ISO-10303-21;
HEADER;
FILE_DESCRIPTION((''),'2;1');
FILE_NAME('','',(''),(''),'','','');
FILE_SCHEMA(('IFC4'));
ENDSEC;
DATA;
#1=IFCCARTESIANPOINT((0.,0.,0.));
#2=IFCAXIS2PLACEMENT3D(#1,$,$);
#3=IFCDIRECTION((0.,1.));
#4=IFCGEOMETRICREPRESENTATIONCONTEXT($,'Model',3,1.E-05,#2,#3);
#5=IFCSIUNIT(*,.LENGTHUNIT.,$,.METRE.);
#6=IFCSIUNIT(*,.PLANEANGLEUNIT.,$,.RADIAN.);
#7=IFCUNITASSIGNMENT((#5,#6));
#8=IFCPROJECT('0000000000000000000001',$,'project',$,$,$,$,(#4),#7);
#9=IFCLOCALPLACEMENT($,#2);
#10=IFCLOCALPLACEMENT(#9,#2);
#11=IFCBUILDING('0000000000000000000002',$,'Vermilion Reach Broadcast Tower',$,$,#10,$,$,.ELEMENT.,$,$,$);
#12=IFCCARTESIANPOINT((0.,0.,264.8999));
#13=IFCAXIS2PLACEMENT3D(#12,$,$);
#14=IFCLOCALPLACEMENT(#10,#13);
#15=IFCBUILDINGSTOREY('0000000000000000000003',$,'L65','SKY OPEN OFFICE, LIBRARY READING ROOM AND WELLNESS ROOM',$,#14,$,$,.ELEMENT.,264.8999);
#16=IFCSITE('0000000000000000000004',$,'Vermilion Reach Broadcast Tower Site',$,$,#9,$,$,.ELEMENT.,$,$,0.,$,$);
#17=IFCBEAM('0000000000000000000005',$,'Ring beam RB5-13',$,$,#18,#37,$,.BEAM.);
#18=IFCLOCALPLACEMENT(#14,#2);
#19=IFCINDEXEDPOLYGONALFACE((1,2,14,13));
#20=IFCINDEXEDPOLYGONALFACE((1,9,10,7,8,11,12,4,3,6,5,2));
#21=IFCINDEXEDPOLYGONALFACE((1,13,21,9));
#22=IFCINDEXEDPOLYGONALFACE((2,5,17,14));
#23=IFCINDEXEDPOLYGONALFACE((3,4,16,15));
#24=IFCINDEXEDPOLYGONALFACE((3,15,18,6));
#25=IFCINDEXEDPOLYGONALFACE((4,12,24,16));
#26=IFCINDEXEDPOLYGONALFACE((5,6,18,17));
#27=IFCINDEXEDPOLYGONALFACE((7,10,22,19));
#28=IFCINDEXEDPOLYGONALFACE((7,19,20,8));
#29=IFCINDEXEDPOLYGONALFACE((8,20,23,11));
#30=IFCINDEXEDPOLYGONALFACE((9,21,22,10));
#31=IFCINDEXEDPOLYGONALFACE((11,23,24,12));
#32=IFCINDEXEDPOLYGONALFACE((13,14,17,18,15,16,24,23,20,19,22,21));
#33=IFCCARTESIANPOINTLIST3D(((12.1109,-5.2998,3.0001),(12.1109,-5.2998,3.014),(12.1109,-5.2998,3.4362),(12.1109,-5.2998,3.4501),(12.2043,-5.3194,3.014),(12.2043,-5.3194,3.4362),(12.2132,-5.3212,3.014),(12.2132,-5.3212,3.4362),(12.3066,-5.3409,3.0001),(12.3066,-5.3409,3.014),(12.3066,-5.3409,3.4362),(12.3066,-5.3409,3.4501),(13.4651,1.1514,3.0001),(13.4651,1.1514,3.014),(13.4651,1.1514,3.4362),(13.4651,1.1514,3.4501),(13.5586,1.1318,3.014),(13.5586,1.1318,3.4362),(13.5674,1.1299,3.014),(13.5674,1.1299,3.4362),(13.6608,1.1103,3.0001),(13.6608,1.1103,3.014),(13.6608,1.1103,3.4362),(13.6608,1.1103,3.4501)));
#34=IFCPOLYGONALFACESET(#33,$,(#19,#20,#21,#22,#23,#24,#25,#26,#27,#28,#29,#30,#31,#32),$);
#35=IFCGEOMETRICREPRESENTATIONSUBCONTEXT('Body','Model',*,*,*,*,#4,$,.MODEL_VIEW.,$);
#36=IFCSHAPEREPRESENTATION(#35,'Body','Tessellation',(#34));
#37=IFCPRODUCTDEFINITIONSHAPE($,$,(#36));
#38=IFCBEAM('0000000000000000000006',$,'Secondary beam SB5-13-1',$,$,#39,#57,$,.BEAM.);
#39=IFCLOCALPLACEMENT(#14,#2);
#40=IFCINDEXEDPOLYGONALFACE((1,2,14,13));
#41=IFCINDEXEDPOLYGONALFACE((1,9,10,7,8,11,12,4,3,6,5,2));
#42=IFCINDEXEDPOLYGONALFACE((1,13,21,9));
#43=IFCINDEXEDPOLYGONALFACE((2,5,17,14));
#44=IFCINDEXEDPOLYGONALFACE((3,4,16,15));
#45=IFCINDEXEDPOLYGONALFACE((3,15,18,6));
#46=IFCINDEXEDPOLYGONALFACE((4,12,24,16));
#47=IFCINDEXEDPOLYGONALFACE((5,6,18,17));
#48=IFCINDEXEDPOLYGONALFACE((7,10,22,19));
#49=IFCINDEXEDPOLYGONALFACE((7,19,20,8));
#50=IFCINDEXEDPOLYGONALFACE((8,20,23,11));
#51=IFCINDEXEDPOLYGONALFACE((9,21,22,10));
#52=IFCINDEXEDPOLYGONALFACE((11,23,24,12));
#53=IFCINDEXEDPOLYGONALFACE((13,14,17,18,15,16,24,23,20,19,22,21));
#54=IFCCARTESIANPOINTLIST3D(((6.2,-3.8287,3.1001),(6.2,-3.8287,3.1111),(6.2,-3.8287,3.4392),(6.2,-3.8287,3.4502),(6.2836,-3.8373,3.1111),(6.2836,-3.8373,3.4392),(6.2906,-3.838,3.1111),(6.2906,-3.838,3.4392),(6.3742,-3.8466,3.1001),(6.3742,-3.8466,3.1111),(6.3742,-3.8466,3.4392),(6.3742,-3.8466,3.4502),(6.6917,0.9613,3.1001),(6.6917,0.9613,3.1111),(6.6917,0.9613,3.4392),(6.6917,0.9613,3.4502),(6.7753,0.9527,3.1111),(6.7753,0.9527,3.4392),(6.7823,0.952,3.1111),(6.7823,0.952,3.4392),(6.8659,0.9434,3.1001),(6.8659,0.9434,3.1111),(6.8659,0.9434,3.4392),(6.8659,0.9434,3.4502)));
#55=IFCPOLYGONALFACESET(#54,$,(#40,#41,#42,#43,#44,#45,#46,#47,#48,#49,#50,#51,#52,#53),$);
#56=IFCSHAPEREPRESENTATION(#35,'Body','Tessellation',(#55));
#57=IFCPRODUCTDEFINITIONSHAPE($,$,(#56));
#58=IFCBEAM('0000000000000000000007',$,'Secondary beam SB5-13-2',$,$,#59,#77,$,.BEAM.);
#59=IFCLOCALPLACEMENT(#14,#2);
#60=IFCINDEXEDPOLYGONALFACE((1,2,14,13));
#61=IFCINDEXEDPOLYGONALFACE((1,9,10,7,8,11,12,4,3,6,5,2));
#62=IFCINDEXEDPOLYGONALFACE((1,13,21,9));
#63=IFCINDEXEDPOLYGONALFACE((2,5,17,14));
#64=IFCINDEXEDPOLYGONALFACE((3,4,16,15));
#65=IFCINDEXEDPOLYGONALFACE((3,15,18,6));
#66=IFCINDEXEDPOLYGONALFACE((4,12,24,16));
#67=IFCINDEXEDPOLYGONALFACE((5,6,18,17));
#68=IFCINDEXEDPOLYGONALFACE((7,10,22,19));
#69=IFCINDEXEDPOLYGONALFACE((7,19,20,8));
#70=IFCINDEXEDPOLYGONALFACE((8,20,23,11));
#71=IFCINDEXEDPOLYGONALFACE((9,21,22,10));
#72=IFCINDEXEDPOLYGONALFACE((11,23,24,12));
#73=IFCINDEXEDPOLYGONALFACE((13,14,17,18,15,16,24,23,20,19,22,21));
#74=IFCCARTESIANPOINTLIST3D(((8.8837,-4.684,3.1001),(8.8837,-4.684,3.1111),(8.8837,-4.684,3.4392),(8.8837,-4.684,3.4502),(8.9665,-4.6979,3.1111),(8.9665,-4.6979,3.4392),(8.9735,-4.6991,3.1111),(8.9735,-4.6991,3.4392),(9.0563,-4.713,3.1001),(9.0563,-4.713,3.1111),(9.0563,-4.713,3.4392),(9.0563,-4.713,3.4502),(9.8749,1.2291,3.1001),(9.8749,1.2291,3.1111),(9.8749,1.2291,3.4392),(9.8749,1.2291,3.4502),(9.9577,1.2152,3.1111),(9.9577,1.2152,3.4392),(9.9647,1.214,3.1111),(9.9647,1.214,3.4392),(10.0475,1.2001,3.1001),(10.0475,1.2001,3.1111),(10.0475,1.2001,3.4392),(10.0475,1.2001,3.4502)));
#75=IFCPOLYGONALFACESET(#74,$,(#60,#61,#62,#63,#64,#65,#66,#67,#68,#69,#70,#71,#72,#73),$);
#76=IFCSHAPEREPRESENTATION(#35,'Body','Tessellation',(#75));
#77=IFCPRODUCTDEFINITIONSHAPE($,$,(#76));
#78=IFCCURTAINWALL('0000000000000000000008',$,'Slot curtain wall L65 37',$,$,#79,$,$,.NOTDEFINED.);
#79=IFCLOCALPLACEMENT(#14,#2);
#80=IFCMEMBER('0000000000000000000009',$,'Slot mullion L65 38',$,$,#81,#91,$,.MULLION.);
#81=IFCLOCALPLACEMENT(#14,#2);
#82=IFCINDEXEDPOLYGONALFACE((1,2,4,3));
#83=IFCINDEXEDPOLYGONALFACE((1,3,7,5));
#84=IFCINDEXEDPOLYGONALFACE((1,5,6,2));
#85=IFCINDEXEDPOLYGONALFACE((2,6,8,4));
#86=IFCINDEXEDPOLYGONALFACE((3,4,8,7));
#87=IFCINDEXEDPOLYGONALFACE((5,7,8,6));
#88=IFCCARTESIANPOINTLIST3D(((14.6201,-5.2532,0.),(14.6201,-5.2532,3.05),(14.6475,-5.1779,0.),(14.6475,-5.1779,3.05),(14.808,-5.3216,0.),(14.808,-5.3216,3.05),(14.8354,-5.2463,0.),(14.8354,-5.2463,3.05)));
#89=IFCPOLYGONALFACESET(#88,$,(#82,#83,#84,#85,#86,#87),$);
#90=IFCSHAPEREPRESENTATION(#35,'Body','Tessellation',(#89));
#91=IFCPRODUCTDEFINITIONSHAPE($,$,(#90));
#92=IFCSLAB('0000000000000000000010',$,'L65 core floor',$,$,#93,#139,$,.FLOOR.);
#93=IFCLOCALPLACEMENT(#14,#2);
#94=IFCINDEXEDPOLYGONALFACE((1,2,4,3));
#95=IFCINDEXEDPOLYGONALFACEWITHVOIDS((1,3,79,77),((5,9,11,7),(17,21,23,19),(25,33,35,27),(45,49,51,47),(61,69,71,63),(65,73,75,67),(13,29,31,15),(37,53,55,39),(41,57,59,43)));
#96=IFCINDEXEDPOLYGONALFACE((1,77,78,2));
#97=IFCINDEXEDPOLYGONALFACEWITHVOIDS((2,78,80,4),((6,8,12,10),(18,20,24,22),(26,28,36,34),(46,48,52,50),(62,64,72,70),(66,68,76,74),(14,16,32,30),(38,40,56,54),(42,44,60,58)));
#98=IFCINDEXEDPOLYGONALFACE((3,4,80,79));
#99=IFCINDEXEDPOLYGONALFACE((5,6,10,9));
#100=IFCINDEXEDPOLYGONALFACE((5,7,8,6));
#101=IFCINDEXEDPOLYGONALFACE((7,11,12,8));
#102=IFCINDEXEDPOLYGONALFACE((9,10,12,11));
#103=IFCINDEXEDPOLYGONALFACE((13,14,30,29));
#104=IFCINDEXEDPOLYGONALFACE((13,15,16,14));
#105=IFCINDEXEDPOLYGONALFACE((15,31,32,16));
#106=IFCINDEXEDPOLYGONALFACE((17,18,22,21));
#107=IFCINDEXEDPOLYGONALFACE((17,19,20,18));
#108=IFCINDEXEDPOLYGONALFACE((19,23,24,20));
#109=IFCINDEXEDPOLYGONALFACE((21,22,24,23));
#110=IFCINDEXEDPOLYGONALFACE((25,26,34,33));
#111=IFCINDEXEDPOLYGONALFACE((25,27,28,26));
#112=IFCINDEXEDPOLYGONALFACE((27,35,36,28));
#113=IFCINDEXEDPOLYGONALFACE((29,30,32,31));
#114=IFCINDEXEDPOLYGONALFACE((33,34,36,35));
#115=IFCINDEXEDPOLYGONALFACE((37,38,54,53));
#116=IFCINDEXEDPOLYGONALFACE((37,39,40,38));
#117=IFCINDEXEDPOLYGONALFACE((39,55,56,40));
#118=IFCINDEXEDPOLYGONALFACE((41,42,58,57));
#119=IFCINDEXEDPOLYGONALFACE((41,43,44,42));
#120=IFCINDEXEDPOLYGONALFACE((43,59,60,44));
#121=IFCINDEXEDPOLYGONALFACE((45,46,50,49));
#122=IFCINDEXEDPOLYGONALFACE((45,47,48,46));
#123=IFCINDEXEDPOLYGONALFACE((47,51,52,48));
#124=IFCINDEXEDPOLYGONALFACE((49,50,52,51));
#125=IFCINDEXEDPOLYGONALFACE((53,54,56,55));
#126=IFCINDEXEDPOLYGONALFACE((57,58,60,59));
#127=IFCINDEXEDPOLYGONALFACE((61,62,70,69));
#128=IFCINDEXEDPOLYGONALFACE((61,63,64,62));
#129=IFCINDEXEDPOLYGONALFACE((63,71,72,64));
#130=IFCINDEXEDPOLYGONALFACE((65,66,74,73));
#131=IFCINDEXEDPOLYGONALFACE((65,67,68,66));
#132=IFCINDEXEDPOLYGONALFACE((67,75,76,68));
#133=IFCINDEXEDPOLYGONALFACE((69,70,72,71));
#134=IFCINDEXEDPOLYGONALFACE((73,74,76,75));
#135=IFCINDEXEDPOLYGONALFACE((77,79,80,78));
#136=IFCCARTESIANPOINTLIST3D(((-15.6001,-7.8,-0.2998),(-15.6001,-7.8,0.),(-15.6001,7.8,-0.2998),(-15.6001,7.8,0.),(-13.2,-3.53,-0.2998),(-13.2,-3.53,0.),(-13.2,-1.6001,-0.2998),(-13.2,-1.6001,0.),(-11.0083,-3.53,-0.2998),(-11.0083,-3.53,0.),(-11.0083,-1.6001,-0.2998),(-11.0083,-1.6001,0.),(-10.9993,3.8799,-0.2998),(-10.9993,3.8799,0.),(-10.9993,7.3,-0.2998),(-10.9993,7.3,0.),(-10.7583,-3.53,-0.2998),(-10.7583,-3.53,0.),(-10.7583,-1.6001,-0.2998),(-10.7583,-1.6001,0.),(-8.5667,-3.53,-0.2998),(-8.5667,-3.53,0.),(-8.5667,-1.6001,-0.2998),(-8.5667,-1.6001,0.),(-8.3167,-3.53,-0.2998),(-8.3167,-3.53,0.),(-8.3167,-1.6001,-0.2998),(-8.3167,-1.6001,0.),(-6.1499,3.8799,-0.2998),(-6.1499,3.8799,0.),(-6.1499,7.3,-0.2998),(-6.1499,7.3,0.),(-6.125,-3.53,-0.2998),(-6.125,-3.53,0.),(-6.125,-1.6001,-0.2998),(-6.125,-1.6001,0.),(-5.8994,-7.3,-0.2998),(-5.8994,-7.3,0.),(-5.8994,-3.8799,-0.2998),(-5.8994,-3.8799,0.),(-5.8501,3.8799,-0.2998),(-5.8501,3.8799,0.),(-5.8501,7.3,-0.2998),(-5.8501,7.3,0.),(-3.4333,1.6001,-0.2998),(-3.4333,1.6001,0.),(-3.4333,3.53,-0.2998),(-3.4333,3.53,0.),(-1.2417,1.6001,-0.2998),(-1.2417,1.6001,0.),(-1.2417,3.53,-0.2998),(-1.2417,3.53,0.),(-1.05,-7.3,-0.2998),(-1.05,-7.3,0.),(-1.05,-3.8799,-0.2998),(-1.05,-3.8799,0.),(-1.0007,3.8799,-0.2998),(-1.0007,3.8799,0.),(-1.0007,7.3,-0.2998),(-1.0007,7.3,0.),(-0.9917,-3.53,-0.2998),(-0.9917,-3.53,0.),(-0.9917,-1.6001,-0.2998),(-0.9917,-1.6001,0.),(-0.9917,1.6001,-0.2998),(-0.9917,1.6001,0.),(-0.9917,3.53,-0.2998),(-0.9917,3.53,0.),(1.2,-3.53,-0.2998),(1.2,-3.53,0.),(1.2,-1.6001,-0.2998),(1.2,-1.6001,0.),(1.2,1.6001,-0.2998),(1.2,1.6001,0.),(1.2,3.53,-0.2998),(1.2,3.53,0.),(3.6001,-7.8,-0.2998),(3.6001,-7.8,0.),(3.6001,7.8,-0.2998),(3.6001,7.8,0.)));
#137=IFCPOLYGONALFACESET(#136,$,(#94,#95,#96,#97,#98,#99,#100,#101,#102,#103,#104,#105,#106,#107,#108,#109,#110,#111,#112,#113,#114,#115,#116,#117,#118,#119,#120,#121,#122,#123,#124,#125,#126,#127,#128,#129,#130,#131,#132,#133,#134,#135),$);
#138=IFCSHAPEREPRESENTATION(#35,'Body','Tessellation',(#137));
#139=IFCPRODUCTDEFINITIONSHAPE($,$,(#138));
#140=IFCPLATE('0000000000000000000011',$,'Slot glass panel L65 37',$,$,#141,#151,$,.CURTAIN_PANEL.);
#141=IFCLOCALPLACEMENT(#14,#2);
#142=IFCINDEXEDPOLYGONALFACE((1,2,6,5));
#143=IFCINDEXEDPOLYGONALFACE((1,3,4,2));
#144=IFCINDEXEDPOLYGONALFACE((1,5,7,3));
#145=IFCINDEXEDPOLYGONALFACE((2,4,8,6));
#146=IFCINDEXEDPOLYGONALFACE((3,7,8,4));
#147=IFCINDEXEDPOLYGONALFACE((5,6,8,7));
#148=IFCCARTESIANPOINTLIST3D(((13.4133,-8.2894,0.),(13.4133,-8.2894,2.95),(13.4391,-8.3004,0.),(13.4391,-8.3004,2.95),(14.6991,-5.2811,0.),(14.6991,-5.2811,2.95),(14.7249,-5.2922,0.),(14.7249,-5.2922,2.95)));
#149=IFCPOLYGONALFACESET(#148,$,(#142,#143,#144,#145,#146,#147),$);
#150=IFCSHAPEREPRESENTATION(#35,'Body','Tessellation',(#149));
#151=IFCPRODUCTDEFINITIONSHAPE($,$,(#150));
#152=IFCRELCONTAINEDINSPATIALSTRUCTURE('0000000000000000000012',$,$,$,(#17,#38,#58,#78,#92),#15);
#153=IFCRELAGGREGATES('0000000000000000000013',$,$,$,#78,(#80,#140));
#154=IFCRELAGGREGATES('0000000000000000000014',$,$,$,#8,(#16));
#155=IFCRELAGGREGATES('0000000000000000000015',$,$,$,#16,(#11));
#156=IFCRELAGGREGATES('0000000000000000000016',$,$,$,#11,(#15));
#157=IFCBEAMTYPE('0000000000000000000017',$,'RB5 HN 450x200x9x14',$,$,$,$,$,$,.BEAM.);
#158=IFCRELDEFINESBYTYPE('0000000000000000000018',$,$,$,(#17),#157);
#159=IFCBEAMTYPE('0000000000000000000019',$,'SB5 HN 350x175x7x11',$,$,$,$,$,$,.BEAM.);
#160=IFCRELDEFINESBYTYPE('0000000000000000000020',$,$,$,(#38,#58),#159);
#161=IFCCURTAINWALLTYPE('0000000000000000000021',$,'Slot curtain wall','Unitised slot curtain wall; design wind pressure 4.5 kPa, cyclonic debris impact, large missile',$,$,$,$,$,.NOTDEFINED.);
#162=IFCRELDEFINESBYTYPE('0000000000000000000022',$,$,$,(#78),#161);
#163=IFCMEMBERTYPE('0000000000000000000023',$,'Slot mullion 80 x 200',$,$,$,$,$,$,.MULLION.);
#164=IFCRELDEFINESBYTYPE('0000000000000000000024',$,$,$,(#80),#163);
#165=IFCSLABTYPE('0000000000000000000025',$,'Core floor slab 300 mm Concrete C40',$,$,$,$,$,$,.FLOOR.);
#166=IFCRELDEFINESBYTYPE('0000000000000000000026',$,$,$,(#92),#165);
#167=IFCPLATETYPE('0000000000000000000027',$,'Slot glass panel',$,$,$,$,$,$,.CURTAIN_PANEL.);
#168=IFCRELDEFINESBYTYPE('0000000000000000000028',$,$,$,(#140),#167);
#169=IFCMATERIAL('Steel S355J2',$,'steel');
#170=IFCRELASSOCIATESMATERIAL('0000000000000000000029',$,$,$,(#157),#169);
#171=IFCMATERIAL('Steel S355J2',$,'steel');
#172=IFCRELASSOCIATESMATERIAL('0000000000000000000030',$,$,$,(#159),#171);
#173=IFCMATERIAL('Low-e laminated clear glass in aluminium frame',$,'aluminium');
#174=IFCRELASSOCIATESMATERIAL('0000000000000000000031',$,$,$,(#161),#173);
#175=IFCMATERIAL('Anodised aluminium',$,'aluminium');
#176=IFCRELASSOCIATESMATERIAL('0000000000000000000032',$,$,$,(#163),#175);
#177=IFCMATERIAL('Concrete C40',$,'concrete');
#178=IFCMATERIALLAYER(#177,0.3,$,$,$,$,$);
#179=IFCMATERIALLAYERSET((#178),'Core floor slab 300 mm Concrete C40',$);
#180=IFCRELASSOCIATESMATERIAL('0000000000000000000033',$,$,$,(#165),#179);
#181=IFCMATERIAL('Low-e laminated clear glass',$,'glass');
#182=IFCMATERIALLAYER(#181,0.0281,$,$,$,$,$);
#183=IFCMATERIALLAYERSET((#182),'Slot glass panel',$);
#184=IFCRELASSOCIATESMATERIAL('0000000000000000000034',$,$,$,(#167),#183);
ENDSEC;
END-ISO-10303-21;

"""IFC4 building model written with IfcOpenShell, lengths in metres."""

from ifc_helpers import new_model, si_unit, direction, frame, origin, origin_2d, place, context, subcontext, project, spatial, polyline, rectangle, i_section, outline, extrude, material, layer, layer_set, material_profile, profile_set, type_object, element, aggregate, save


model = new_model("IFC4")

# Units and contexts
model_context = context("Model", 3, precision=1e-05, world=origin(), true_north=direction((0.0, 1.0)))
body_context = subcontext(model_context, "Body", "Model", "MODEL_VIEW")
ifc_project = project(units=[si_unit("LENGTHUNIT", "METRE"), si_unit("PLANEANGLEUNIT", "RADIAN")], contexts=[model_context])

# Site, building, storey
site_placement = place(None, origin())
site = spatial("IfcSite", under=ifc_project, at=site_placement, Name="Vermilion Reach Broadcast Tower Site", CompositionType="ELEMENT", RefElevation=0.0)
building_placement = place(site_placement, origin())
building = spatial("IfcBuilding", under=site, at=building_placement, Name="Vermilion Reach Broadcast Tower", CompositionType="ELEMENT")
storey_placement = place(building_placement, frame((0.0, 0.0, 264.8999)))
storey = spatial("IfcBuildingStorey", under=building, at=storey_placement, Name="L65", Description="SKY OPEN OFFICE, LIBRARY READING ROOM AND WELLNESS ROOM", CompositionType="ELEMENT", Elevation=264.8999)

# Beams
ifc_material_1 = material(Name="Steel S355J2", Category="steel")
ifc_material_profile_1 = material_profile(ifc_material_1, i_section(OverallWidth=0.2, OverallDepth=0.45, WebThickness=0.009, FlangeThickness=0.0139, at=origin_2d()), Name="S355J2 HN 450x200x9x14")
ifc_profile_set_1 = profile_set([ifc_material_profile_1], Name="Steel S355J2")
beam_type_1 = type_object("IfcBeamType", Name="RB5 HN 450x200x9x14", PredefinedType="BEAM", material=ifc_profile_set_1)
beam_1_placement = place(storey_placement, frame((12.2087, -5.3203, 3.2251), z_axis=(0.205445, 0.978669, 0.0), x_axis=(-0.978669, 0.205445, 0.0)))
element("IfcBeam", 1, at=beam_1_placement, inside=storey, type_object=beam_type_1, Name="Ring beam RB5-13", PredefinedType="BEAM", context=body_context, shape_type="SweptSolid", body=[
    extrude(i_section(OverallWidth=0.2, OverallDepth=0.45, WebThickness=0.009, FlangeThickness=0.0139, at=origin_2d()), origin(), (0.0, 0.0, 1.0), 6.5918),
])
ifc_material_2 = material(Name="Steel S355J2", Category="steel")
ifc_material_profile_2 = material_profile(ifc_material_2, i_section(OverallWidth=0.175, OverallDepth=0.3501, WebThickness=0.0071, FlangeThickness=0.011, at=origin_2d()), Name="S355J2 HN 350x175x7x11")
ifc_profile_set_2 = profile_set([ifc_material_profile_2], Name="Steel S355J2")
beam_type_2 = type_object("IfcBeamType", Name="SB5 HN 350x175x7x11", PredefinedType="BEAM", material=ifc_profile_set_2)
beam_2_placement = place(storey_placement, frame((6.2871, -3.8376, 3.2751), z_axis=(0.102114, 0.994773, 0.0), x_axis=(-0.994773, 0.102114, 0.0)))
element("IfcBeam", 2, at=beam_2_placement, inside=storey, type_object=beam_type_2, Name="Secondary beam SB5-13-1", PredefinedType="BEAM", context=body_context, shape_type="SweptSolid", body=[
    extrude(i_section(OverallWidth=0.175, OverallDepth=0.3501, WebThickness=0.0071, FlangeThickness=0.011, at=origin_2d()), origin(), (0.0, 0.0, 1.0), 4.8152),
])
beam_3_placement = place(storey_placement, frame((8.97, -4.6985, 3.2751), z_axis=(0.165323, 0.986239, 0.0), x_axis=(-0.986239, 0.165323, 0.0)))
element("IfcBeam", 3, at=beam_3_placement, inside=storey, type_object=beam_type_2, Name="Secondary beam SB5-13-2", PredefinedType="BEAM", context=body_context, shape_type="SweptSolid", body=[
    extrude(i_section(OverallWidth=0.175, OverallDepth=0.3501, WebThickness=0.0071, FlangeThickness=0.011, at=origin_2d()), origin(), (0.0, 0.0, 1.0), 5.9956),
])

# Curtain wall, member
ifc_material_3 = material(Name="Low-e laminated clear glass in aluminium frame", Category="aluminium")
curtain_wall_type = type_object("IfcCurtainWallType", Name="Slot curtain wall", Description="Unitised slot curtain wall; design wind pressure 4.5 kPa, cyclonic debris impact, large missile", PredefinedType="NOTDEFINED", material=ifc_material_3)
curtain_wall_placement = place(storey_placement, origin())
curtain_wall = element("IfcCurtainWall", 4, at=curtain_wall_placement, inside=storey, type_object=curtain_wall_type, Name="Slot curtain wall L65 37", PredefinedType="NOTDEFINED")
ifc_material_4 = material(Name="Anodised aluminium", Category="aluminium")
ifc_material_profile_3 = material_profile(ifc_material_4, rectangle(XDim=0.2, YDim=0.0801, at=origin_2d()), Name="Slot mullion 80 x 200")
ifc_profile_set_3 = profile_set([ifc_material_profile_3], Name="Anodised aluminium")
member_type = type_object("IfcMemberType", Name="Slot mullion 80 x 200", PredefinedType="MULLION", material=ifc_profile_set_3)
member_placement = place(storey_placement, frame((14.7278, -5.2498, 0.0), z_axis=(0.0, 0.0, 1.0), x_axis=(-0.939699, 0.342004, 0.0)))
member = element("IfcMember", 5, at=member_placement, type_object=member_type, Name="Slot mullion L65 38", PredefinedType="MULLION", context=body_context, shape_type="SweptSolid", body=[
    extrude(rectangle(XDim=0.2, YDim=0.0801, at=origin_2d()), origin(), (0.0, 0.0, 1.0), 3.05),
])

# Slab
ifc_material_5 = material(Name="Concrete C40", Category="concrete")
ifc_layer_1 = layer(ifc_material_5, 0.3)
ifc_layer_set_1 = layer_set([ifc_layer_1], Name="Core floor slab 300 mm Concrete C40")
slab_type = type_object("IfcSlabType", Name="Core floor slab 300 mm Concrete C40", PredefinedType="FLOOR", material=ifc_layer_set_1)
slab_placement = place(storey_placement, frame((0.0, 0.0, -0.2998)))
element("IfcSlab", 6, at=slab_placement, inside=storey, type_object=slab_type, Name="L65 core floor", PredefinedType="FLOOR", context=body_context, shape_type="SweptSolid", body=[
    extrude(outline(polyline([(-15.6001, -7.8), (3.6001, -7.8), (3.6001, 7.8), (-15.6001, 7.8), (-15.6001, -7.8)]), holes=[polyline([(-3.4333, 1.6001), (-1.2417, 1.6001), (-1.2417, 3.53), (-3.4333, 3.53), (-3.4333, 1.6001)]), polyline([(-0.9917, 1.6001), (1.2, 1.6001), (1.2, 3.53), (-0.9917, 3.53), (-0.9917, 1.6001)]), polyline([(-13.2, -3.53), (-11.0083, -3.53), (-11.0083, -1.6001), (-13.2, -1.6001), (-13.2, -3.53)]), polyline([(-10.7583, -3.53), (-8.5667, -3.53), (-8.5667, -1.6001), (-10.7583, -1.6001), (-10.7583, -3.53)]), polyline([(-8.3167, -3.53), (-6.125, -3.53), (-6.125, -1.6001), (-8.3167, -1.6001), (-8.3167, -3.53)]), polyline([(-0.9917, -3.53), (1.2, -3.53), (1.2, -1.6001), (-0.9917, -1.6001), (-0.9917, -3.53)]), polyline([(-10.9993, 3.8799), (-6.1499, 3.8799), (-6.1499, 7.3), (-10.9993, 7.3), (-10.9993, 3.8799)]), polyline([(-1.0007, 7.3), (-5.8501, 7.3), (-5.8501, 3.8799), (-1.0007, 3.8799), (-1.0007, 7.3)]), polyline([(-5.8994, -7.3), (-1.05, -7.3), (-1.05, -3.8799), (-5.8994, -3.8799), (-5.8994, -7.3)])]), origin(), (0.0, 0.0, 1.0), 0.2998),
])

# Plate
ifc_material_6 = material(Name="Low-e laminated clear glass", Category="glass")
ifc_layer_2 = layer(ifc_material_6, 0.0281)
ifc_layer_set_2 = layer_set([ifc_layer_2], Name="Slot glass panel")
plate_type = type_object("IfcPlateType", Name="Slot glass panel", PredefinedType="CURTAIN_PANEL", material=ifc_layer_set_2)
plate_placement = place(storey_placement, frame((14.0691, -6.7908, 0.0), z_axis=(0.0, 0.0, 1.0), x_axis=(0.393019, 0.919531, 0.0)))
plate = element("IfcPlate", 7, at=plate_placement, type_object=plate_type, Name="Slot glass panel L65 37", PredefinedType="CURTAIN_PANEL", context=body_context, shape_type="SweptSolid", body=[
    extrude(rectangle(XDim=3.2715, YDim=0.0281, at=origin_2d()), origin(), (0.0, 0.0, 1.0), 2.95),
])
aggregate(curtain_wall, [member, plate])

save(model, "model.ifc")
